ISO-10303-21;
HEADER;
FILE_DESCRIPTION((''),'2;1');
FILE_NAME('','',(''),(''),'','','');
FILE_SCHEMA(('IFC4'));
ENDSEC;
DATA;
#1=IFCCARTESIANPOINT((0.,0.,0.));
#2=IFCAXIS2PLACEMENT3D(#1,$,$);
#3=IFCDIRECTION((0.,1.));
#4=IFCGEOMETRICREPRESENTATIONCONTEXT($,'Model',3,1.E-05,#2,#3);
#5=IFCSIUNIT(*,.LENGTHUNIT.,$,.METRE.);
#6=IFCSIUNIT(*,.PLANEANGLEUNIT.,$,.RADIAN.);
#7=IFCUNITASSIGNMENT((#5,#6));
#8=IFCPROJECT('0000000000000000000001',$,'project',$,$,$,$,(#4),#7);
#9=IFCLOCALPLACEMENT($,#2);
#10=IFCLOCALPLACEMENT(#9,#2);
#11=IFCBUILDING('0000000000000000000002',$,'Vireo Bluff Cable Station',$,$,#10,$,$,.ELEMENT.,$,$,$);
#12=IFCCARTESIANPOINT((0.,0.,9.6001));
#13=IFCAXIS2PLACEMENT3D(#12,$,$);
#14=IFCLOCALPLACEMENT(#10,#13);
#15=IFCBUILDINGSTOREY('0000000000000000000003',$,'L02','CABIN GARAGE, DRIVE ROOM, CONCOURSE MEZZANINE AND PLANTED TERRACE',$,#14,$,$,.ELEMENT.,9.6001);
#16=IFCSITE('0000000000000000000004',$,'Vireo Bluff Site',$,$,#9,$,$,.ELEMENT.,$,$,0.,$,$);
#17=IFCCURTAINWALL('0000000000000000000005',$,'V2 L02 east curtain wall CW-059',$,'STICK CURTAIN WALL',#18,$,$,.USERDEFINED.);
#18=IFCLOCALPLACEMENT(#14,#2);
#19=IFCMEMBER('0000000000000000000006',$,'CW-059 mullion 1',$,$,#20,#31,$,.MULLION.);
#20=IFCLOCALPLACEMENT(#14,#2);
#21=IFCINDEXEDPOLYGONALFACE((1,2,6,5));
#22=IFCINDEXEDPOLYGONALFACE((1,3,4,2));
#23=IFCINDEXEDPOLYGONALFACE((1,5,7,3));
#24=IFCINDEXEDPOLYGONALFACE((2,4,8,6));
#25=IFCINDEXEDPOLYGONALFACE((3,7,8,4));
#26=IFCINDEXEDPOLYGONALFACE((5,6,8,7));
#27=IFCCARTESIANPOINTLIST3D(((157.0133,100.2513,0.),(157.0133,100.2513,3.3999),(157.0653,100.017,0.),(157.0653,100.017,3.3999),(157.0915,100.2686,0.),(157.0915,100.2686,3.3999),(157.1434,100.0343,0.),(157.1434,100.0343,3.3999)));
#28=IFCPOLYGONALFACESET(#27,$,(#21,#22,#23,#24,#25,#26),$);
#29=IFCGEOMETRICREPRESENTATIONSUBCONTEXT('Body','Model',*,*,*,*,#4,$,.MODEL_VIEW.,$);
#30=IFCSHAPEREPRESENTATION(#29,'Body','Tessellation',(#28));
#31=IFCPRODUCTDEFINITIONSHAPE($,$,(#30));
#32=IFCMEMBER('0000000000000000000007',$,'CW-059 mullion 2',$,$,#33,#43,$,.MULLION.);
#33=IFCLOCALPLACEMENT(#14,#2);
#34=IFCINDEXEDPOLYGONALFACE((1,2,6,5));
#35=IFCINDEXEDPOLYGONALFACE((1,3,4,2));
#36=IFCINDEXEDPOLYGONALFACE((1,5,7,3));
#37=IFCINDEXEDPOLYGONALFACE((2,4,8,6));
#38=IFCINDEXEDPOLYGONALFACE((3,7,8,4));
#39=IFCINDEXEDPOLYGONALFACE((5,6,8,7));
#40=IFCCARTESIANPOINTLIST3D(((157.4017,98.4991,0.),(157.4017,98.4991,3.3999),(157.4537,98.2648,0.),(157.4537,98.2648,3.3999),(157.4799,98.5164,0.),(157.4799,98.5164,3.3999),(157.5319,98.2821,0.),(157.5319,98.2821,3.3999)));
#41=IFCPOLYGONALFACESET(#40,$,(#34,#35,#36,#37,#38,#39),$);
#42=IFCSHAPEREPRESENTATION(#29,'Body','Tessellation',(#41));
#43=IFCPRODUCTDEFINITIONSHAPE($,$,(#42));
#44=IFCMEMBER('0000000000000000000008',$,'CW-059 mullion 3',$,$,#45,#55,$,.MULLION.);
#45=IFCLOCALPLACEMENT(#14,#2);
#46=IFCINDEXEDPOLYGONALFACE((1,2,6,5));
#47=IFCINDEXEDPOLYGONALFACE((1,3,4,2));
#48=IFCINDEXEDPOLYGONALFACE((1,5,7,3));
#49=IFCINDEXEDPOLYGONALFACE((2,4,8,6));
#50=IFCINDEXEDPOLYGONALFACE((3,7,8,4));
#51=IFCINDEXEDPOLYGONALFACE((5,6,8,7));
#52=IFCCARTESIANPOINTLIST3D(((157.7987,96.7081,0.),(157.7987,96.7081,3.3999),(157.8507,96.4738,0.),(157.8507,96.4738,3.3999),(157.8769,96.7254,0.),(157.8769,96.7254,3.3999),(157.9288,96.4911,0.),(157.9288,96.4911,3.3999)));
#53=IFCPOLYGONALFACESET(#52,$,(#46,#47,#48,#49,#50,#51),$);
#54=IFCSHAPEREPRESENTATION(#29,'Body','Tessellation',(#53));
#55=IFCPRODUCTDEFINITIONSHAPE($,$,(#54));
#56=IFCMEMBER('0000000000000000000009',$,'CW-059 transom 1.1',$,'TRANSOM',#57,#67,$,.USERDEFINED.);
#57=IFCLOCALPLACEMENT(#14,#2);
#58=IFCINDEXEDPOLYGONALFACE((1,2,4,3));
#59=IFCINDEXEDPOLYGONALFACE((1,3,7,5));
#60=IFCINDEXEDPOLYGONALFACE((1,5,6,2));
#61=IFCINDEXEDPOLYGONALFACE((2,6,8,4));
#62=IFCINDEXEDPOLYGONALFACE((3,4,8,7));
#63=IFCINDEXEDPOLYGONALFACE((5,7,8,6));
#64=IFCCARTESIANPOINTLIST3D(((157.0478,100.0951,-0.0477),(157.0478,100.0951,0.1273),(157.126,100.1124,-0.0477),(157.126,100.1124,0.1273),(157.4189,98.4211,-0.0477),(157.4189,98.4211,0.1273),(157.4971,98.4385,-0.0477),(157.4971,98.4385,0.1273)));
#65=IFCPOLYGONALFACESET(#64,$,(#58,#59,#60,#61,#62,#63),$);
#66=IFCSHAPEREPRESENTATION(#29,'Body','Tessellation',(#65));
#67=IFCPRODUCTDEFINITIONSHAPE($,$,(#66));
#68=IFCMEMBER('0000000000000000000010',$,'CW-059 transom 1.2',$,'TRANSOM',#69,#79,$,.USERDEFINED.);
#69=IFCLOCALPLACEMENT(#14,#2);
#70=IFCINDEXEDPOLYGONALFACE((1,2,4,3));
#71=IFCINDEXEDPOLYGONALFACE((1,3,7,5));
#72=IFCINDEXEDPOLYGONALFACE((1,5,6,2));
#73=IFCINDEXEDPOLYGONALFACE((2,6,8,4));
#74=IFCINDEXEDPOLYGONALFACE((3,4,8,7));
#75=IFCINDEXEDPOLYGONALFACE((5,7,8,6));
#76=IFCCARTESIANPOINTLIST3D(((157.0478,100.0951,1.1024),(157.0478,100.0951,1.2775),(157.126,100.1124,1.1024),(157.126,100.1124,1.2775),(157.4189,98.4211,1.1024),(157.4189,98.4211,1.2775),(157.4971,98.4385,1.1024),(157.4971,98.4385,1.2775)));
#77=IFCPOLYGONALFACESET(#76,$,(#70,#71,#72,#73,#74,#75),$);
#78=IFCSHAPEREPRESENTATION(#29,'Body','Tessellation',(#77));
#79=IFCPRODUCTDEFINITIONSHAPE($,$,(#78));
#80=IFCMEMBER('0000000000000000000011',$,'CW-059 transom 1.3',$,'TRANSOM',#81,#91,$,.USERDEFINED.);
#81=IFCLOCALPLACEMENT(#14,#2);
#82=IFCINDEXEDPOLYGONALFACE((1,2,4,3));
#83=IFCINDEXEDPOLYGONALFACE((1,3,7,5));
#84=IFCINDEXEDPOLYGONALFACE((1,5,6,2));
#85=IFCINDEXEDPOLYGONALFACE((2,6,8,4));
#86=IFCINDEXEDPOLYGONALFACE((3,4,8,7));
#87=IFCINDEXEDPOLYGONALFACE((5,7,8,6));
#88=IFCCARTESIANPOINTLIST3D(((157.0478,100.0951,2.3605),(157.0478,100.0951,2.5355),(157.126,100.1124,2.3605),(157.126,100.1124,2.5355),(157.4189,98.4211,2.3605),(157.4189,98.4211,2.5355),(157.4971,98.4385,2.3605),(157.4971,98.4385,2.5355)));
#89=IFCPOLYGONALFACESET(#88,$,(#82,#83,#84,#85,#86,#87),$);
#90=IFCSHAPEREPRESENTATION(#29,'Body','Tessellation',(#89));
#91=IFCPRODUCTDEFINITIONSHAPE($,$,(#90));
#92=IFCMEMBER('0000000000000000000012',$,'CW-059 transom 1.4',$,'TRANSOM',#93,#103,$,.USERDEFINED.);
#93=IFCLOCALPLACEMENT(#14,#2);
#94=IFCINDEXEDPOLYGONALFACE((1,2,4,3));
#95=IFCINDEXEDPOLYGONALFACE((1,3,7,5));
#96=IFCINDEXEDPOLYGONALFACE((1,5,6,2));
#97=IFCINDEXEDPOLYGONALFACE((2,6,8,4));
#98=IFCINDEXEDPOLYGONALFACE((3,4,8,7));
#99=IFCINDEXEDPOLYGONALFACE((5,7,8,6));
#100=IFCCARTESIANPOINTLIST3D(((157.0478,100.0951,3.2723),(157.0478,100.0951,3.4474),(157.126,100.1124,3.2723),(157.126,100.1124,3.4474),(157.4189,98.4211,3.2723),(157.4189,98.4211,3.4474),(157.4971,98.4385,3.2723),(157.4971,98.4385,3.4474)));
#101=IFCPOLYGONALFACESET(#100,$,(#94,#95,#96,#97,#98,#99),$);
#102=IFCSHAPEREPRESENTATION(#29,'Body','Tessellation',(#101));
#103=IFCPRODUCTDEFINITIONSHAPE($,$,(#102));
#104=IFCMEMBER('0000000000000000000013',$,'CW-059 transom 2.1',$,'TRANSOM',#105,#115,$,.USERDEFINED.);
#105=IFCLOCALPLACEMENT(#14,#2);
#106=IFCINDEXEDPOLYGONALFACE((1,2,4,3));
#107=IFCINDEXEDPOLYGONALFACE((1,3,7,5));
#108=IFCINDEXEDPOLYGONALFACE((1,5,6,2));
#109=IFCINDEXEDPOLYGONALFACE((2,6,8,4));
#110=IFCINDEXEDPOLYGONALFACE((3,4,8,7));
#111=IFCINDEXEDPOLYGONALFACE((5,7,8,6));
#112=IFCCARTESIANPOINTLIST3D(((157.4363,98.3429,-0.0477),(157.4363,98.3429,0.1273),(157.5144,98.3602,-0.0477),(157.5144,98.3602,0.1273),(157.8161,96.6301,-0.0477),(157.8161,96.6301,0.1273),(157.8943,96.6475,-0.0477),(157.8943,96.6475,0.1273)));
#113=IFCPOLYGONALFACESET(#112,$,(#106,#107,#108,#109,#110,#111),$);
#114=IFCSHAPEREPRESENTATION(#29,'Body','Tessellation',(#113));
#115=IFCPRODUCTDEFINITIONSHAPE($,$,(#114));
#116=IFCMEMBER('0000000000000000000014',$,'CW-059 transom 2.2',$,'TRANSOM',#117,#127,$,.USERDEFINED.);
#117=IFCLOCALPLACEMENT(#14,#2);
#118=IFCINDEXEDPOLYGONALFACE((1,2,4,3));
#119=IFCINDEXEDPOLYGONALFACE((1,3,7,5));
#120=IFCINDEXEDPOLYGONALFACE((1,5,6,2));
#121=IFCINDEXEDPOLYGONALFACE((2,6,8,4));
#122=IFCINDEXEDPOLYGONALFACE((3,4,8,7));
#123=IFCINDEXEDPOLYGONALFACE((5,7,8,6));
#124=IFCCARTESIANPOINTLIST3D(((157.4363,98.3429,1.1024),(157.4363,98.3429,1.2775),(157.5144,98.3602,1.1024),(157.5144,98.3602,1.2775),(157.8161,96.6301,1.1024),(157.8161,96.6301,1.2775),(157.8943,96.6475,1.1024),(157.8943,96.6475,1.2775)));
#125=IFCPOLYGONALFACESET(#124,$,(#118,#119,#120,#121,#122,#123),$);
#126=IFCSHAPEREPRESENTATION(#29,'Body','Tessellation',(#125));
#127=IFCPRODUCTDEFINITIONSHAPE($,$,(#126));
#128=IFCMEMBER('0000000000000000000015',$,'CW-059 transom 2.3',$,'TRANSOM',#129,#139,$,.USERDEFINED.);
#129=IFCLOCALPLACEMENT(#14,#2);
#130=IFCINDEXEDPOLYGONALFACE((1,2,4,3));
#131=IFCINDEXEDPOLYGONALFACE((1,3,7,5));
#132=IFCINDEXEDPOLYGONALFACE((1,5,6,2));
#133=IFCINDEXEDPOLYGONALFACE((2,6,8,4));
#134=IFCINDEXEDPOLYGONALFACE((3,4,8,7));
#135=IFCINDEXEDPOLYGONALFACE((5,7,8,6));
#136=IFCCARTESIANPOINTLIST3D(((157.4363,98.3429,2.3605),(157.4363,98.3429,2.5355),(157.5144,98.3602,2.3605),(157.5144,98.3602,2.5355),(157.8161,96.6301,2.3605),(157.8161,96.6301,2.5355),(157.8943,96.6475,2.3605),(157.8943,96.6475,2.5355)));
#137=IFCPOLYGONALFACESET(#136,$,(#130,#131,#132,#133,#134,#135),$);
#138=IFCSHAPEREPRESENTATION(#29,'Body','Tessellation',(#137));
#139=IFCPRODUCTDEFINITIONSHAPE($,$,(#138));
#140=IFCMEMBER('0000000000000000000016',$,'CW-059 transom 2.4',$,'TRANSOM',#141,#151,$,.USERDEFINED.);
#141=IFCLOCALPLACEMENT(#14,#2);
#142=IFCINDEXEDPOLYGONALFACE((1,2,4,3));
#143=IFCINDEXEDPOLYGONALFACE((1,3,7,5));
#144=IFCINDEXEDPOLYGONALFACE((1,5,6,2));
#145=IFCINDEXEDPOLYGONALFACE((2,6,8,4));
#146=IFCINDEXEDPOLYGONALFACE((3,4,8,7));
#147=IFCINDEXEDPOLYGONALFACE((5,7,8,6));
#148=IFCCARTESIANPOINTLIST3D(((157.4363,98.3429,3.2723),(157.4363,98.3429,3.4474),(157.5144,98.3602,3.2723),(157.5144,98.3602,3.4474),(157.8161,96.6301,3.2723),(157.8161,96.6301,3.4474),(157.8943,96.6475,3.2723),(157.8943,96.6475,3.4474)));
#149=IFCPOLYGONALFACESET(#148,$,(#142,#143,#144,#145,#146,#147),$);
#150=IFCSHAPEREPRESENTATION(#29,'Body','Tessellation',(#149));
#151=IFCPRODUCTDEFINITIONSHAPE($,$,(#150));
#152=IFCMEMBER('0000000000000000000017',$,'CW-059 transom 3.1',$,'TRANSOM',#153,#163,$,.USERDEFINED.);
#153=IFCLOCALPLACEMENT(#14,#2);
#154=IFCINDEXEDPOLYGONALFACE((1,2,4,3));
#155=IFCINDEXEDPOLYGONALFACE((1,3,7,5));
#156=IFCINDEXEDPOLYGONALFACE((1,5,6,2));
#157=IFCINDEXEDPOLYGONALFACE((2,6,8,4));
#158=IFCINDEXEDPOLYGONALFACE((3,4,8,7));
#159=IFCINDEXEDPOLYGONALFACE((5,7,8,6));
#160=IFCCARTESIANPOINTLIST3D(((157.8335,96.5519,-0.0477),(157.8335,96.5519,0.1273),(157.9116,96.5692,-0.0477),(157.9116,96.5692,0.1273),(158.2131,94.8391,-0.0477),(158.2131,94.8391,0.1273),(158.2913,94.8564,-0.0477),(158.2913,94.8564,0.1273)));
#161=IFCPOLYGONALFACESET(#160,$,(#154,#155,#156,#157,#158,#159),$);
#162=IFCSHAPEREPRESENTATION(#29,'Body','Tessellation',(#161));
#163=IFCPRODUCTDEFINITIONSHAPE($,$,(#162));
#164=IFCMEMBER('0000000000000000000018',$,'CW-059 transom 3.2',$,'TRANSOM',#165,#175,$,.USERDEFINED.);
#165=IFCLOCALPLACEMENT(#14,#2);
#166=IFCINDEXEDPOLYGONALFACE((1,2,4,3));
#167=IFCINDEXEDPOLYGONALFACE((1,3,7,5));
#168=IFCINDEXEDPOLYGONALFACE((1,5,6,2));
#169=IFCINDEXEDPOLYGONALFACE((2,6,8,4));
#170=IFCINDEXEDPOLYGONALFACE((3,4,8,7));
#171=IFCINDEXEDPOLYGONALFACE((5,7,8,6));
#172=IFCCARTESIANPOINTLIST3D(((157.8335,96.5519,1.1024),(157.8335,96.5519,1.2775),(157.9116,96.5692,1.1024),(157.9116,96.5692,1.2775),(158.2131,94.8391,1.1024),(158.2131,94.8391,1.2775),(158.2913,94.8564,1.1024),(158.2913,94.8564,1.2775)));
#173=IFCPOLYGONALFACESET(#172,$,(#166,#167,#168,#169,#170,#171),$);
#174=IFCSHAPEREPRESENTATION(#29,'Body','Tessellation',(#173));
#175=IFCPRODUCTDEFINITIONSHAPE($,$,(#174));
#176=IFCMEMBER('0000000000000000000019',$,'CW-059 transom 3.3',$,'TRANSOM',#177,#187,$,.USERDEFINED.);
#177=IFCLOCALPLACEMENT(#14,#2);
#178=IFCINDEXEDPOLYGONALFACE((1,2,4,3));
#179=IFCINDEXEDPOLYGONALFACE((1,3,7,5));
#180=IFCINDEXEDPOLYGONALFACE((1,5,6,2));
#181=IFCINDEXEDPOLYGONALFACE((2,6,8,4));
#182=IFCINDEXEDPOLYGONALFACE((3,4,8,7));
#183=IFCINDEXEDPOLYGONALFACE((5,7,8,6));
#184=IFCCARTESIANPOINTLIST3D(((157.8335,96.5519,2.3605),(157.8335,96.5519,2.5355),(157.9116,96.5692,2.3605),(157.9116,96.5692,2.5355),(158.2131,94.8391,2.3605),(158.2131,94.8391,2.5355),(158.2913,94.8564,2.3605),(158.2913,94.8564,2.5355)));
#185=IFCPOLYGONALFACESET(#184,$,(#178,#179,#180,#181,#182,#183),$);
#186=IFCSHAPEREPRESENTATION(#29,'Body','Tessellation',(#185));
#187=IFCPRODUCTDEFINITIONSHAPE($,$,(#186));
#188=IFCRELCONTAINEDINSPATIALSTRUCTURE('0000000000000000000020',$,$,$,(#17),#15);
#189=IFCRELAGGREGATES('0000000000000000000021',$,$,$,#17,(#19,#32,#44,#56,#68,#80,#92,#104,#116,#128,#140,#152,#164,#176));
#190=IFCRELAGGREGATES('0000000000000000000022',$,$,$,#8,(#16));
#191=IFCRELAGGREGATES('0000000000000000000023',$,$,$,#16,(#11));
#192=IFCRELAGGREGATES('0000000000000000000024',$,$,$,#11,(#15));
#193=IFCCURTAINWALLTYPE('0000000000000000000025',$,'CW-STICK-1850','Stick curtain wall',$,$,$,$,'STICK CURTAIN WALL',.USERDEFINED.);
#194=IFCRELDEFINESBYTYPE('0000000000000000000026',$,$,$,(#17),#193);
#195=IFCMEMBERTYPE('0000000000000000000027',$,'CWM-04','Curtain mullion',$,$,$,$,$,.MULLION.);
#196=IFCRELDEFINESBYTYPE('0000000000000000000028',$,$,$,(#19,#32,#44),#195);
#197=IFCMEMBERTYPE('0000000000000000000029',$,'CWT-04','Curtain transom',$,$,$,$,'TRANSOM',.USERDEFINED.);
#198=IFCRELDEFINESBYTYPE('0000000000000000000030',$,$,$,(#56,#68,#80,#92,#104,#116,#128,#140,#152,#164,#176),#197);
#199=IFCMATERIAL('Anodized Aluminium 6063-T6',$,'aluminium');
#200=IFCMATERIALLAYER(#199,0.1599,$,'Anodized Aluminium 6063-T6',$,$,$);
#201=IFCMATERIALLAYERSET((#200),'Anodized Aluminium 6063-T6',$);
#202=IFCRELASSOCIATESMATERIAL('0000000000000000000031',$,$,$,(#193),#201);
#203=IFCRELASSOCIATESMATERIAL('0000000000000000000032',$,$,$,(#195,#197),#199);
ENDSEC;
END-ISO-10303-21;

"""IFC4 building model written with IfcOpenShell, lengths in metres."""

from ifc_helpers import new_model, si_unit, direction, frame, origin, origin_2d, place, context, subcontext, project, spatial, rectangle, extrude, material, layer, layer_set, material_profile, profile_set, type_object, element, aggregate, save


model = new_model("IFC4")

# Units and contexts
model_context = context("Model", 3, precision=1e-05, world=origin(), true_north=direction((0.0, 1.0)))
body_context = subcontext(model_context, "Body", "Model", "MODEL_VIEW")
ifc_project = project(units=[si_unit("LENGTHUNIT", "METRE"), si_unit("PLANEANGLEUNIT", "RADIAN")], contexts=[model_context])

# Site, building, storey
site_placement = place(None, origin())
site = spatial("IfcSite", under=ifc_project, at=site_placement, Name="Vireo Bluff Site", CompositionType="ELEMENT", RefElevation=0.0)
building_placement = place(site_placement, origin())
building = spatial("IfcBuilding", under=site, at=building_placement, Name="Vireo Bluff Cable Station", CompositionType="ELEMENT")
storey_placement = place(building_placement, frame((0.0, 0.0, 9.6001)))
storey = spatial("IfcBuildingStorey", under=building, at=storey_placement, Name="L02", Description="CABIN GARAGE, DRIVE ROOM, CONCOURSE MEZZANINE AND PLANTED TERRACE", CompositionType="ELEMENT", Elevation=9.6001)

# Curtain wall, members
ifc_material_1 = material(Name="Anodized Aluminium 6063-T6", Category="aluminium")
ifc_layer_1 = layer(ifc_material_1, 0.1599, Name="Anodized Aluminium 6063-T6")
ifc_layer_set_1 = layer_set([ifc_layer_1], Name="Anodized Aluminium 6063-T6")
curtain_wall_type = type_object("IfcCurtainWallType", Name="CW-STICK-1850", Description="Stick curtain wall", ElementType="STICK CURTAIN WALL", PredefinedType="USERDEFINED", material=ifc_layer_set_1)
curtain_wall_placement = place(storey_placement, origin())
curtain_wall = element("IfcCurtainWall", 1, at=curtain_wall_placement, inside=storey, type_object=curtain_wall_type, Name="V2 L02 east curtain wall CW-059", ObjectType="STICK CURTAIN WALL", PredefinedType="USERDEFINED")
ifc_material_profile_1 = material_profile(ifc_material_1, rectangle(XDim=0.0801, YDim=0.24, at=origin_2d()), Name="ALU-M-80X240")
ifc_profile_set_1 = profile_set([ifc_material_profile_1], Name="Anodized Aluminium 6063-T6")
member_type_1 = type_object("IfcMemberType", Name="CWM-04", Description="Curtain mullion", PredefinedType="MULLION", material=ifc_profile_set_1)
member_1_placement = place(storey_placement, frame((157.0784, 100.1428, 0.0), z_axis=(0.0, 0.0, 1.0), x_axis=(0.976296, 0.21644, 0.0)))
member_1 = element("IfcMember", 2, at=member_1_placement, type_object=member_type_1, Name="CW-059 mullion 1", PredefinedType="MULLION", context=body_context, shape_type="SweptSolid", body=[
    extrude(rectangle(XDim=0.0801, YDim=0.24, at=origin_2d()), origin(), (0.0, 0.0, 1.0), 3.3999),
])
member_2_placement = place(storey_placement, frame((157.4668, 98.3906, 0.0), z_axis=(0.0, 0.0, 1.0), x_axis=(0.976296, 0.21644, 0.0)))
member_2 = element("IfcMember", 3, at=member_2_placement, type_object=member_type_1, Name="CW-059 mullion 2", PredefinedType="MULLION", context=body_context, shape_type="SweptSolid", body=[
    extrude(rectangle(XDim=0.0801, YDim=0.24, at=origin_2d()), origin(), (0.0, 0.0, 1.0), 3.3999),
])
member_3_placement = place(storey_placement, frame((157.8638, 96.5996, 0.0), z_axis=(0.0, 0.0, 1.0), x_axis=(0.976296, 0.21644, 0.0)))
member_3 = element("IfcMember", 4, at=member_3_placement, type_object=member_type_1, Name="CW-059 mullion 3", PredefinedType="MULLION", context=body_context, shape_type="SweptSolid", body=[
    extrude(rectangle(XDim=0.0801, YDim=0.24, at=origin_2d()), origin(), (0.0, 0.0, 1.0), 3.3999),
])
ifc_material_profile_2 = material_profile(ifc_material_1, rectangle(XDim=0.0801, YDim=0.175, at=origin_2d()), Name="ALU-T-80X175")
ifc_profile_set_2 = profile_set([ifc_material_profile_2], Name="Anodized Aluminium 6063-T6")
member_type_2 = type_object("IfcMemberType", Name="CWT-04", Description="Curtain transom", ElementType="TRANSOM", PredefinedType="USERDEFINED", material=ifc_profile_set_2)
member_4_placement = place(storey_placement, frame((157.0869, 100.1038, 0.0398), z_axis=(0.216418, -0.976301, 0.0), x_axis=(0.976301, 0.216418, 0.0)))
member_4 = element("IfcMember", 5, at=member_4_placement, type_object=member_type_2, Name="CW-059 transom 1.1", ObjectType="TRANSOM", PredefinedType="USERDEFINED", context=body_context, shape_type="SweptSolid", body=[
    extrude(rectangle(XDim=0.0801, YDim=0.175, at=origin_2d()), origin(), (0.0, 0.0, 1.0), 1.7146),
])
member_5_placement = place(storey_placement, frame((157.0869, 100.1038, 1.1899), z_axis=(0.216418, -0.976301, 0.0), x_axis=(0.976301, 0.216418, 0.0)))
member_5 = element("IfcMember", 6, at=member_5_placement, type_object=member_type_2, Name="CW-059 transom 1.2", ObjectType="TRANSOM", PredefinedType="USERDEFINED", context=body_context, shape_type="SweptSolid", body=[
    extrude(rectangle(XDim=0.0801, YDim=0.175, at=origin_2d()), origin(), (0.0, 0.0, 1.0), 1.7146),
])
member_6_placement = place(storey_placement, frame((157.0869, 100.1038, 2.448), z_axis=(0.216418, -0.976301, 0.0), x_axis=(0.976301, 0.216418, 0.0)))
member_6 = element("IfcMember", 7, at=member_6_placement, type_object=member_type_2, Name="CW-059 transom 1.3", ObjectType="TRANSOM", PredefinedType="USERDEFINED", context=body_context, shape_type="SweptSolid", body=[
    extrude(rectangle(XDim=0.0801, YDim=0.175, at=origin_2d()), origin(), (0.0, 0.0, 1.0), 1.7146),
])
member_7_placement = place(storey_placement, frame((157.0869, 100.1038, 3.3599), z_axis=(0.216418, -0.976301, 0.0), x_axis=(0.976301, 0.216418, 0.0)))
member_7 = element("IfcMember", 8, at=member_7_placement, type_object=member_type_2, Name="CW-059 transom 1.4", ObjectType="TRANSOM", PredefinedType="USERDEFINED", context=body_context, shape_type="SweptSolid", body=[
    extrude(rectangle(XDim=0.0801, YDim=0.175, at=origin_2d()), origin(), (0.0, 0.0, 1.0), 1.7146),
])
member_8_placement = place(storey_placement, frame((157.4753, 98.3516, 0.0398), z_axis=(0.216518, -0.976279, 0.0), x_axis=(0.976279, 0.216518, 0.0)))
member_8 = element("IfcMember", 9, at=member_8_placement, type_object=member_type_2, Name="CW-059 transom 2.1", ObjectType="TRANSOM", PredefinedType="USERDEFINED", context=body_context, shape_type="SweptSolid", body=[
    extrude(rectangle(XDim=0.0801, YDim=0.175, at=origin_2d()), origin(), (0.0, 0.0, 1.0), 1.7544),
])
member_9_placement = place(storey_placement, frame((157.4753, 98.3516, 1.1899), z_axis=(0.216518, -0.976279, 0.0), x_axis=(0.976279, 0.216518, 0.0)))
member_9 = element("IfcMember", 10, at=member_9_placement, type_object=member_type_2, Name="CW-059 transom 2.2", ObjectType="TRANSOM", PredefinedType="USERDEFINED", context=body_context, shape_type="SweptSolid", body=[
    extrude(rectangle(XDim=0.0801, YDim=0.175, at=origin_2d()), origin(), (0.0, 0.0, 1.0), 1.7544),
])
member_10_placement = place(storey_placement, frame((157.4753, 98.3516, 2.448), z_axis=(0.216518, -0.976279, 0.0), x_axis=(0.976279, 0.216518, 0.0)))
member_10 = element("IfcMember", 11, at=member_10_placement, type_object=member_type_2, Name="CW-059 transom 2.3", ObjectType="TRANSOM", PredefinedType="USERDEFINED", context=body_context, shape_type="SweptSolid", body=[
    extrude(rectangle(XDim=0.0801, YDim=0.175, at=origin_2d()), origin(), (0.0, 0.0, 1.0), 1.7544),
])
member_11_placement = place(storey_placement, frame((157.4753, 98.3516, 3.3599), z_axis=(0.216518, -0.976279, 0.0), x_axis=(0.976279, 0.216518, 0.0)))
member_11 = element("IfcMember", 12, at=member_11_placement, type_object=member_type_2, Name="CW-059 transom 2.4", ObjectType="TRANSOM", PredefinedType="USERDEFINED", context=body_context, shape_type="SweptSolid", body=[
    extrude(rectangle(XDim=0.0801, YDim=0.175, at=origin_2d()), origin(), (0.0, 0.0, 1.0), 1.7544),
])
member_12_placement = place(storey_placement, frame((157.8726, 96.5605, 0.0398), z_axis=(0.216385, -0.976308, 0.0), x_axis=(0.976308, 0.216385, 0.0)))
member_12 = element("IfcMember", 13, at=member_12_placement, type_object=member_type_2, Name="CW-059 transom 3.1", ObjectType="TRANSOM", PredefinedType="USERDEFINED", context=body_context, shape_type="SweptSolid", body=[
    extrude(rectangle(XDim=0.0801, YDim=0.175, at=origin_2d()), origin(), (0.0, 0.0, 1.0), 1.7544),
])
member_13_placement = place(storey_placement, frame((157.8726, 96.5605, 1.1899), z_axis=(0.216385, -0.976308, 0.0), x_axis=(0.976308, 0.216385, 0.0)))
member_13 = element("IfcMember", 14, at=member_13_placement, type_object=member_type_2, Name="CW-059 transom 3.2", ObjectType="TRANSOM", PredefinedType="USERDEFINED", context=body_context, shape_type="SweptSolid", body=[
    extrude(rectangle(XDim=0.0801, YDim=0.175, at=origin_2d()), origin(), (0.0, 0.0, 1.0), 1.7544),
])
member_14_placement = place(storey_placement, frame((157.8726, 96.5605, 2.448), z_axis=(0.216385, -0.976308, 0.0), x_axis=(0.976308, 0.216385, 0.0)))
member_14 = element("IfcMember", 15, at=member_14_placement, type_object=member_type_2, Name="CW-059 transom 3.3", ObjectType="TRANSOM", PredefinedType="USERDEFINED", context=body_context, shape_type="SweptSolid", body=[
    extrude(rectangle(XDim=0.0801, YDim=0.175, at=origin_2d()), origin(), (0.0, 0.0, 1.0), 1.7544),
])
aggregate(curtain_wall, [member_1, member_2, member_3, member_4, member_5, member_6, member_7, member_8, member_9, member_10, member_11, member_12, member_13, member_14])

save(model, "model.ifc")
